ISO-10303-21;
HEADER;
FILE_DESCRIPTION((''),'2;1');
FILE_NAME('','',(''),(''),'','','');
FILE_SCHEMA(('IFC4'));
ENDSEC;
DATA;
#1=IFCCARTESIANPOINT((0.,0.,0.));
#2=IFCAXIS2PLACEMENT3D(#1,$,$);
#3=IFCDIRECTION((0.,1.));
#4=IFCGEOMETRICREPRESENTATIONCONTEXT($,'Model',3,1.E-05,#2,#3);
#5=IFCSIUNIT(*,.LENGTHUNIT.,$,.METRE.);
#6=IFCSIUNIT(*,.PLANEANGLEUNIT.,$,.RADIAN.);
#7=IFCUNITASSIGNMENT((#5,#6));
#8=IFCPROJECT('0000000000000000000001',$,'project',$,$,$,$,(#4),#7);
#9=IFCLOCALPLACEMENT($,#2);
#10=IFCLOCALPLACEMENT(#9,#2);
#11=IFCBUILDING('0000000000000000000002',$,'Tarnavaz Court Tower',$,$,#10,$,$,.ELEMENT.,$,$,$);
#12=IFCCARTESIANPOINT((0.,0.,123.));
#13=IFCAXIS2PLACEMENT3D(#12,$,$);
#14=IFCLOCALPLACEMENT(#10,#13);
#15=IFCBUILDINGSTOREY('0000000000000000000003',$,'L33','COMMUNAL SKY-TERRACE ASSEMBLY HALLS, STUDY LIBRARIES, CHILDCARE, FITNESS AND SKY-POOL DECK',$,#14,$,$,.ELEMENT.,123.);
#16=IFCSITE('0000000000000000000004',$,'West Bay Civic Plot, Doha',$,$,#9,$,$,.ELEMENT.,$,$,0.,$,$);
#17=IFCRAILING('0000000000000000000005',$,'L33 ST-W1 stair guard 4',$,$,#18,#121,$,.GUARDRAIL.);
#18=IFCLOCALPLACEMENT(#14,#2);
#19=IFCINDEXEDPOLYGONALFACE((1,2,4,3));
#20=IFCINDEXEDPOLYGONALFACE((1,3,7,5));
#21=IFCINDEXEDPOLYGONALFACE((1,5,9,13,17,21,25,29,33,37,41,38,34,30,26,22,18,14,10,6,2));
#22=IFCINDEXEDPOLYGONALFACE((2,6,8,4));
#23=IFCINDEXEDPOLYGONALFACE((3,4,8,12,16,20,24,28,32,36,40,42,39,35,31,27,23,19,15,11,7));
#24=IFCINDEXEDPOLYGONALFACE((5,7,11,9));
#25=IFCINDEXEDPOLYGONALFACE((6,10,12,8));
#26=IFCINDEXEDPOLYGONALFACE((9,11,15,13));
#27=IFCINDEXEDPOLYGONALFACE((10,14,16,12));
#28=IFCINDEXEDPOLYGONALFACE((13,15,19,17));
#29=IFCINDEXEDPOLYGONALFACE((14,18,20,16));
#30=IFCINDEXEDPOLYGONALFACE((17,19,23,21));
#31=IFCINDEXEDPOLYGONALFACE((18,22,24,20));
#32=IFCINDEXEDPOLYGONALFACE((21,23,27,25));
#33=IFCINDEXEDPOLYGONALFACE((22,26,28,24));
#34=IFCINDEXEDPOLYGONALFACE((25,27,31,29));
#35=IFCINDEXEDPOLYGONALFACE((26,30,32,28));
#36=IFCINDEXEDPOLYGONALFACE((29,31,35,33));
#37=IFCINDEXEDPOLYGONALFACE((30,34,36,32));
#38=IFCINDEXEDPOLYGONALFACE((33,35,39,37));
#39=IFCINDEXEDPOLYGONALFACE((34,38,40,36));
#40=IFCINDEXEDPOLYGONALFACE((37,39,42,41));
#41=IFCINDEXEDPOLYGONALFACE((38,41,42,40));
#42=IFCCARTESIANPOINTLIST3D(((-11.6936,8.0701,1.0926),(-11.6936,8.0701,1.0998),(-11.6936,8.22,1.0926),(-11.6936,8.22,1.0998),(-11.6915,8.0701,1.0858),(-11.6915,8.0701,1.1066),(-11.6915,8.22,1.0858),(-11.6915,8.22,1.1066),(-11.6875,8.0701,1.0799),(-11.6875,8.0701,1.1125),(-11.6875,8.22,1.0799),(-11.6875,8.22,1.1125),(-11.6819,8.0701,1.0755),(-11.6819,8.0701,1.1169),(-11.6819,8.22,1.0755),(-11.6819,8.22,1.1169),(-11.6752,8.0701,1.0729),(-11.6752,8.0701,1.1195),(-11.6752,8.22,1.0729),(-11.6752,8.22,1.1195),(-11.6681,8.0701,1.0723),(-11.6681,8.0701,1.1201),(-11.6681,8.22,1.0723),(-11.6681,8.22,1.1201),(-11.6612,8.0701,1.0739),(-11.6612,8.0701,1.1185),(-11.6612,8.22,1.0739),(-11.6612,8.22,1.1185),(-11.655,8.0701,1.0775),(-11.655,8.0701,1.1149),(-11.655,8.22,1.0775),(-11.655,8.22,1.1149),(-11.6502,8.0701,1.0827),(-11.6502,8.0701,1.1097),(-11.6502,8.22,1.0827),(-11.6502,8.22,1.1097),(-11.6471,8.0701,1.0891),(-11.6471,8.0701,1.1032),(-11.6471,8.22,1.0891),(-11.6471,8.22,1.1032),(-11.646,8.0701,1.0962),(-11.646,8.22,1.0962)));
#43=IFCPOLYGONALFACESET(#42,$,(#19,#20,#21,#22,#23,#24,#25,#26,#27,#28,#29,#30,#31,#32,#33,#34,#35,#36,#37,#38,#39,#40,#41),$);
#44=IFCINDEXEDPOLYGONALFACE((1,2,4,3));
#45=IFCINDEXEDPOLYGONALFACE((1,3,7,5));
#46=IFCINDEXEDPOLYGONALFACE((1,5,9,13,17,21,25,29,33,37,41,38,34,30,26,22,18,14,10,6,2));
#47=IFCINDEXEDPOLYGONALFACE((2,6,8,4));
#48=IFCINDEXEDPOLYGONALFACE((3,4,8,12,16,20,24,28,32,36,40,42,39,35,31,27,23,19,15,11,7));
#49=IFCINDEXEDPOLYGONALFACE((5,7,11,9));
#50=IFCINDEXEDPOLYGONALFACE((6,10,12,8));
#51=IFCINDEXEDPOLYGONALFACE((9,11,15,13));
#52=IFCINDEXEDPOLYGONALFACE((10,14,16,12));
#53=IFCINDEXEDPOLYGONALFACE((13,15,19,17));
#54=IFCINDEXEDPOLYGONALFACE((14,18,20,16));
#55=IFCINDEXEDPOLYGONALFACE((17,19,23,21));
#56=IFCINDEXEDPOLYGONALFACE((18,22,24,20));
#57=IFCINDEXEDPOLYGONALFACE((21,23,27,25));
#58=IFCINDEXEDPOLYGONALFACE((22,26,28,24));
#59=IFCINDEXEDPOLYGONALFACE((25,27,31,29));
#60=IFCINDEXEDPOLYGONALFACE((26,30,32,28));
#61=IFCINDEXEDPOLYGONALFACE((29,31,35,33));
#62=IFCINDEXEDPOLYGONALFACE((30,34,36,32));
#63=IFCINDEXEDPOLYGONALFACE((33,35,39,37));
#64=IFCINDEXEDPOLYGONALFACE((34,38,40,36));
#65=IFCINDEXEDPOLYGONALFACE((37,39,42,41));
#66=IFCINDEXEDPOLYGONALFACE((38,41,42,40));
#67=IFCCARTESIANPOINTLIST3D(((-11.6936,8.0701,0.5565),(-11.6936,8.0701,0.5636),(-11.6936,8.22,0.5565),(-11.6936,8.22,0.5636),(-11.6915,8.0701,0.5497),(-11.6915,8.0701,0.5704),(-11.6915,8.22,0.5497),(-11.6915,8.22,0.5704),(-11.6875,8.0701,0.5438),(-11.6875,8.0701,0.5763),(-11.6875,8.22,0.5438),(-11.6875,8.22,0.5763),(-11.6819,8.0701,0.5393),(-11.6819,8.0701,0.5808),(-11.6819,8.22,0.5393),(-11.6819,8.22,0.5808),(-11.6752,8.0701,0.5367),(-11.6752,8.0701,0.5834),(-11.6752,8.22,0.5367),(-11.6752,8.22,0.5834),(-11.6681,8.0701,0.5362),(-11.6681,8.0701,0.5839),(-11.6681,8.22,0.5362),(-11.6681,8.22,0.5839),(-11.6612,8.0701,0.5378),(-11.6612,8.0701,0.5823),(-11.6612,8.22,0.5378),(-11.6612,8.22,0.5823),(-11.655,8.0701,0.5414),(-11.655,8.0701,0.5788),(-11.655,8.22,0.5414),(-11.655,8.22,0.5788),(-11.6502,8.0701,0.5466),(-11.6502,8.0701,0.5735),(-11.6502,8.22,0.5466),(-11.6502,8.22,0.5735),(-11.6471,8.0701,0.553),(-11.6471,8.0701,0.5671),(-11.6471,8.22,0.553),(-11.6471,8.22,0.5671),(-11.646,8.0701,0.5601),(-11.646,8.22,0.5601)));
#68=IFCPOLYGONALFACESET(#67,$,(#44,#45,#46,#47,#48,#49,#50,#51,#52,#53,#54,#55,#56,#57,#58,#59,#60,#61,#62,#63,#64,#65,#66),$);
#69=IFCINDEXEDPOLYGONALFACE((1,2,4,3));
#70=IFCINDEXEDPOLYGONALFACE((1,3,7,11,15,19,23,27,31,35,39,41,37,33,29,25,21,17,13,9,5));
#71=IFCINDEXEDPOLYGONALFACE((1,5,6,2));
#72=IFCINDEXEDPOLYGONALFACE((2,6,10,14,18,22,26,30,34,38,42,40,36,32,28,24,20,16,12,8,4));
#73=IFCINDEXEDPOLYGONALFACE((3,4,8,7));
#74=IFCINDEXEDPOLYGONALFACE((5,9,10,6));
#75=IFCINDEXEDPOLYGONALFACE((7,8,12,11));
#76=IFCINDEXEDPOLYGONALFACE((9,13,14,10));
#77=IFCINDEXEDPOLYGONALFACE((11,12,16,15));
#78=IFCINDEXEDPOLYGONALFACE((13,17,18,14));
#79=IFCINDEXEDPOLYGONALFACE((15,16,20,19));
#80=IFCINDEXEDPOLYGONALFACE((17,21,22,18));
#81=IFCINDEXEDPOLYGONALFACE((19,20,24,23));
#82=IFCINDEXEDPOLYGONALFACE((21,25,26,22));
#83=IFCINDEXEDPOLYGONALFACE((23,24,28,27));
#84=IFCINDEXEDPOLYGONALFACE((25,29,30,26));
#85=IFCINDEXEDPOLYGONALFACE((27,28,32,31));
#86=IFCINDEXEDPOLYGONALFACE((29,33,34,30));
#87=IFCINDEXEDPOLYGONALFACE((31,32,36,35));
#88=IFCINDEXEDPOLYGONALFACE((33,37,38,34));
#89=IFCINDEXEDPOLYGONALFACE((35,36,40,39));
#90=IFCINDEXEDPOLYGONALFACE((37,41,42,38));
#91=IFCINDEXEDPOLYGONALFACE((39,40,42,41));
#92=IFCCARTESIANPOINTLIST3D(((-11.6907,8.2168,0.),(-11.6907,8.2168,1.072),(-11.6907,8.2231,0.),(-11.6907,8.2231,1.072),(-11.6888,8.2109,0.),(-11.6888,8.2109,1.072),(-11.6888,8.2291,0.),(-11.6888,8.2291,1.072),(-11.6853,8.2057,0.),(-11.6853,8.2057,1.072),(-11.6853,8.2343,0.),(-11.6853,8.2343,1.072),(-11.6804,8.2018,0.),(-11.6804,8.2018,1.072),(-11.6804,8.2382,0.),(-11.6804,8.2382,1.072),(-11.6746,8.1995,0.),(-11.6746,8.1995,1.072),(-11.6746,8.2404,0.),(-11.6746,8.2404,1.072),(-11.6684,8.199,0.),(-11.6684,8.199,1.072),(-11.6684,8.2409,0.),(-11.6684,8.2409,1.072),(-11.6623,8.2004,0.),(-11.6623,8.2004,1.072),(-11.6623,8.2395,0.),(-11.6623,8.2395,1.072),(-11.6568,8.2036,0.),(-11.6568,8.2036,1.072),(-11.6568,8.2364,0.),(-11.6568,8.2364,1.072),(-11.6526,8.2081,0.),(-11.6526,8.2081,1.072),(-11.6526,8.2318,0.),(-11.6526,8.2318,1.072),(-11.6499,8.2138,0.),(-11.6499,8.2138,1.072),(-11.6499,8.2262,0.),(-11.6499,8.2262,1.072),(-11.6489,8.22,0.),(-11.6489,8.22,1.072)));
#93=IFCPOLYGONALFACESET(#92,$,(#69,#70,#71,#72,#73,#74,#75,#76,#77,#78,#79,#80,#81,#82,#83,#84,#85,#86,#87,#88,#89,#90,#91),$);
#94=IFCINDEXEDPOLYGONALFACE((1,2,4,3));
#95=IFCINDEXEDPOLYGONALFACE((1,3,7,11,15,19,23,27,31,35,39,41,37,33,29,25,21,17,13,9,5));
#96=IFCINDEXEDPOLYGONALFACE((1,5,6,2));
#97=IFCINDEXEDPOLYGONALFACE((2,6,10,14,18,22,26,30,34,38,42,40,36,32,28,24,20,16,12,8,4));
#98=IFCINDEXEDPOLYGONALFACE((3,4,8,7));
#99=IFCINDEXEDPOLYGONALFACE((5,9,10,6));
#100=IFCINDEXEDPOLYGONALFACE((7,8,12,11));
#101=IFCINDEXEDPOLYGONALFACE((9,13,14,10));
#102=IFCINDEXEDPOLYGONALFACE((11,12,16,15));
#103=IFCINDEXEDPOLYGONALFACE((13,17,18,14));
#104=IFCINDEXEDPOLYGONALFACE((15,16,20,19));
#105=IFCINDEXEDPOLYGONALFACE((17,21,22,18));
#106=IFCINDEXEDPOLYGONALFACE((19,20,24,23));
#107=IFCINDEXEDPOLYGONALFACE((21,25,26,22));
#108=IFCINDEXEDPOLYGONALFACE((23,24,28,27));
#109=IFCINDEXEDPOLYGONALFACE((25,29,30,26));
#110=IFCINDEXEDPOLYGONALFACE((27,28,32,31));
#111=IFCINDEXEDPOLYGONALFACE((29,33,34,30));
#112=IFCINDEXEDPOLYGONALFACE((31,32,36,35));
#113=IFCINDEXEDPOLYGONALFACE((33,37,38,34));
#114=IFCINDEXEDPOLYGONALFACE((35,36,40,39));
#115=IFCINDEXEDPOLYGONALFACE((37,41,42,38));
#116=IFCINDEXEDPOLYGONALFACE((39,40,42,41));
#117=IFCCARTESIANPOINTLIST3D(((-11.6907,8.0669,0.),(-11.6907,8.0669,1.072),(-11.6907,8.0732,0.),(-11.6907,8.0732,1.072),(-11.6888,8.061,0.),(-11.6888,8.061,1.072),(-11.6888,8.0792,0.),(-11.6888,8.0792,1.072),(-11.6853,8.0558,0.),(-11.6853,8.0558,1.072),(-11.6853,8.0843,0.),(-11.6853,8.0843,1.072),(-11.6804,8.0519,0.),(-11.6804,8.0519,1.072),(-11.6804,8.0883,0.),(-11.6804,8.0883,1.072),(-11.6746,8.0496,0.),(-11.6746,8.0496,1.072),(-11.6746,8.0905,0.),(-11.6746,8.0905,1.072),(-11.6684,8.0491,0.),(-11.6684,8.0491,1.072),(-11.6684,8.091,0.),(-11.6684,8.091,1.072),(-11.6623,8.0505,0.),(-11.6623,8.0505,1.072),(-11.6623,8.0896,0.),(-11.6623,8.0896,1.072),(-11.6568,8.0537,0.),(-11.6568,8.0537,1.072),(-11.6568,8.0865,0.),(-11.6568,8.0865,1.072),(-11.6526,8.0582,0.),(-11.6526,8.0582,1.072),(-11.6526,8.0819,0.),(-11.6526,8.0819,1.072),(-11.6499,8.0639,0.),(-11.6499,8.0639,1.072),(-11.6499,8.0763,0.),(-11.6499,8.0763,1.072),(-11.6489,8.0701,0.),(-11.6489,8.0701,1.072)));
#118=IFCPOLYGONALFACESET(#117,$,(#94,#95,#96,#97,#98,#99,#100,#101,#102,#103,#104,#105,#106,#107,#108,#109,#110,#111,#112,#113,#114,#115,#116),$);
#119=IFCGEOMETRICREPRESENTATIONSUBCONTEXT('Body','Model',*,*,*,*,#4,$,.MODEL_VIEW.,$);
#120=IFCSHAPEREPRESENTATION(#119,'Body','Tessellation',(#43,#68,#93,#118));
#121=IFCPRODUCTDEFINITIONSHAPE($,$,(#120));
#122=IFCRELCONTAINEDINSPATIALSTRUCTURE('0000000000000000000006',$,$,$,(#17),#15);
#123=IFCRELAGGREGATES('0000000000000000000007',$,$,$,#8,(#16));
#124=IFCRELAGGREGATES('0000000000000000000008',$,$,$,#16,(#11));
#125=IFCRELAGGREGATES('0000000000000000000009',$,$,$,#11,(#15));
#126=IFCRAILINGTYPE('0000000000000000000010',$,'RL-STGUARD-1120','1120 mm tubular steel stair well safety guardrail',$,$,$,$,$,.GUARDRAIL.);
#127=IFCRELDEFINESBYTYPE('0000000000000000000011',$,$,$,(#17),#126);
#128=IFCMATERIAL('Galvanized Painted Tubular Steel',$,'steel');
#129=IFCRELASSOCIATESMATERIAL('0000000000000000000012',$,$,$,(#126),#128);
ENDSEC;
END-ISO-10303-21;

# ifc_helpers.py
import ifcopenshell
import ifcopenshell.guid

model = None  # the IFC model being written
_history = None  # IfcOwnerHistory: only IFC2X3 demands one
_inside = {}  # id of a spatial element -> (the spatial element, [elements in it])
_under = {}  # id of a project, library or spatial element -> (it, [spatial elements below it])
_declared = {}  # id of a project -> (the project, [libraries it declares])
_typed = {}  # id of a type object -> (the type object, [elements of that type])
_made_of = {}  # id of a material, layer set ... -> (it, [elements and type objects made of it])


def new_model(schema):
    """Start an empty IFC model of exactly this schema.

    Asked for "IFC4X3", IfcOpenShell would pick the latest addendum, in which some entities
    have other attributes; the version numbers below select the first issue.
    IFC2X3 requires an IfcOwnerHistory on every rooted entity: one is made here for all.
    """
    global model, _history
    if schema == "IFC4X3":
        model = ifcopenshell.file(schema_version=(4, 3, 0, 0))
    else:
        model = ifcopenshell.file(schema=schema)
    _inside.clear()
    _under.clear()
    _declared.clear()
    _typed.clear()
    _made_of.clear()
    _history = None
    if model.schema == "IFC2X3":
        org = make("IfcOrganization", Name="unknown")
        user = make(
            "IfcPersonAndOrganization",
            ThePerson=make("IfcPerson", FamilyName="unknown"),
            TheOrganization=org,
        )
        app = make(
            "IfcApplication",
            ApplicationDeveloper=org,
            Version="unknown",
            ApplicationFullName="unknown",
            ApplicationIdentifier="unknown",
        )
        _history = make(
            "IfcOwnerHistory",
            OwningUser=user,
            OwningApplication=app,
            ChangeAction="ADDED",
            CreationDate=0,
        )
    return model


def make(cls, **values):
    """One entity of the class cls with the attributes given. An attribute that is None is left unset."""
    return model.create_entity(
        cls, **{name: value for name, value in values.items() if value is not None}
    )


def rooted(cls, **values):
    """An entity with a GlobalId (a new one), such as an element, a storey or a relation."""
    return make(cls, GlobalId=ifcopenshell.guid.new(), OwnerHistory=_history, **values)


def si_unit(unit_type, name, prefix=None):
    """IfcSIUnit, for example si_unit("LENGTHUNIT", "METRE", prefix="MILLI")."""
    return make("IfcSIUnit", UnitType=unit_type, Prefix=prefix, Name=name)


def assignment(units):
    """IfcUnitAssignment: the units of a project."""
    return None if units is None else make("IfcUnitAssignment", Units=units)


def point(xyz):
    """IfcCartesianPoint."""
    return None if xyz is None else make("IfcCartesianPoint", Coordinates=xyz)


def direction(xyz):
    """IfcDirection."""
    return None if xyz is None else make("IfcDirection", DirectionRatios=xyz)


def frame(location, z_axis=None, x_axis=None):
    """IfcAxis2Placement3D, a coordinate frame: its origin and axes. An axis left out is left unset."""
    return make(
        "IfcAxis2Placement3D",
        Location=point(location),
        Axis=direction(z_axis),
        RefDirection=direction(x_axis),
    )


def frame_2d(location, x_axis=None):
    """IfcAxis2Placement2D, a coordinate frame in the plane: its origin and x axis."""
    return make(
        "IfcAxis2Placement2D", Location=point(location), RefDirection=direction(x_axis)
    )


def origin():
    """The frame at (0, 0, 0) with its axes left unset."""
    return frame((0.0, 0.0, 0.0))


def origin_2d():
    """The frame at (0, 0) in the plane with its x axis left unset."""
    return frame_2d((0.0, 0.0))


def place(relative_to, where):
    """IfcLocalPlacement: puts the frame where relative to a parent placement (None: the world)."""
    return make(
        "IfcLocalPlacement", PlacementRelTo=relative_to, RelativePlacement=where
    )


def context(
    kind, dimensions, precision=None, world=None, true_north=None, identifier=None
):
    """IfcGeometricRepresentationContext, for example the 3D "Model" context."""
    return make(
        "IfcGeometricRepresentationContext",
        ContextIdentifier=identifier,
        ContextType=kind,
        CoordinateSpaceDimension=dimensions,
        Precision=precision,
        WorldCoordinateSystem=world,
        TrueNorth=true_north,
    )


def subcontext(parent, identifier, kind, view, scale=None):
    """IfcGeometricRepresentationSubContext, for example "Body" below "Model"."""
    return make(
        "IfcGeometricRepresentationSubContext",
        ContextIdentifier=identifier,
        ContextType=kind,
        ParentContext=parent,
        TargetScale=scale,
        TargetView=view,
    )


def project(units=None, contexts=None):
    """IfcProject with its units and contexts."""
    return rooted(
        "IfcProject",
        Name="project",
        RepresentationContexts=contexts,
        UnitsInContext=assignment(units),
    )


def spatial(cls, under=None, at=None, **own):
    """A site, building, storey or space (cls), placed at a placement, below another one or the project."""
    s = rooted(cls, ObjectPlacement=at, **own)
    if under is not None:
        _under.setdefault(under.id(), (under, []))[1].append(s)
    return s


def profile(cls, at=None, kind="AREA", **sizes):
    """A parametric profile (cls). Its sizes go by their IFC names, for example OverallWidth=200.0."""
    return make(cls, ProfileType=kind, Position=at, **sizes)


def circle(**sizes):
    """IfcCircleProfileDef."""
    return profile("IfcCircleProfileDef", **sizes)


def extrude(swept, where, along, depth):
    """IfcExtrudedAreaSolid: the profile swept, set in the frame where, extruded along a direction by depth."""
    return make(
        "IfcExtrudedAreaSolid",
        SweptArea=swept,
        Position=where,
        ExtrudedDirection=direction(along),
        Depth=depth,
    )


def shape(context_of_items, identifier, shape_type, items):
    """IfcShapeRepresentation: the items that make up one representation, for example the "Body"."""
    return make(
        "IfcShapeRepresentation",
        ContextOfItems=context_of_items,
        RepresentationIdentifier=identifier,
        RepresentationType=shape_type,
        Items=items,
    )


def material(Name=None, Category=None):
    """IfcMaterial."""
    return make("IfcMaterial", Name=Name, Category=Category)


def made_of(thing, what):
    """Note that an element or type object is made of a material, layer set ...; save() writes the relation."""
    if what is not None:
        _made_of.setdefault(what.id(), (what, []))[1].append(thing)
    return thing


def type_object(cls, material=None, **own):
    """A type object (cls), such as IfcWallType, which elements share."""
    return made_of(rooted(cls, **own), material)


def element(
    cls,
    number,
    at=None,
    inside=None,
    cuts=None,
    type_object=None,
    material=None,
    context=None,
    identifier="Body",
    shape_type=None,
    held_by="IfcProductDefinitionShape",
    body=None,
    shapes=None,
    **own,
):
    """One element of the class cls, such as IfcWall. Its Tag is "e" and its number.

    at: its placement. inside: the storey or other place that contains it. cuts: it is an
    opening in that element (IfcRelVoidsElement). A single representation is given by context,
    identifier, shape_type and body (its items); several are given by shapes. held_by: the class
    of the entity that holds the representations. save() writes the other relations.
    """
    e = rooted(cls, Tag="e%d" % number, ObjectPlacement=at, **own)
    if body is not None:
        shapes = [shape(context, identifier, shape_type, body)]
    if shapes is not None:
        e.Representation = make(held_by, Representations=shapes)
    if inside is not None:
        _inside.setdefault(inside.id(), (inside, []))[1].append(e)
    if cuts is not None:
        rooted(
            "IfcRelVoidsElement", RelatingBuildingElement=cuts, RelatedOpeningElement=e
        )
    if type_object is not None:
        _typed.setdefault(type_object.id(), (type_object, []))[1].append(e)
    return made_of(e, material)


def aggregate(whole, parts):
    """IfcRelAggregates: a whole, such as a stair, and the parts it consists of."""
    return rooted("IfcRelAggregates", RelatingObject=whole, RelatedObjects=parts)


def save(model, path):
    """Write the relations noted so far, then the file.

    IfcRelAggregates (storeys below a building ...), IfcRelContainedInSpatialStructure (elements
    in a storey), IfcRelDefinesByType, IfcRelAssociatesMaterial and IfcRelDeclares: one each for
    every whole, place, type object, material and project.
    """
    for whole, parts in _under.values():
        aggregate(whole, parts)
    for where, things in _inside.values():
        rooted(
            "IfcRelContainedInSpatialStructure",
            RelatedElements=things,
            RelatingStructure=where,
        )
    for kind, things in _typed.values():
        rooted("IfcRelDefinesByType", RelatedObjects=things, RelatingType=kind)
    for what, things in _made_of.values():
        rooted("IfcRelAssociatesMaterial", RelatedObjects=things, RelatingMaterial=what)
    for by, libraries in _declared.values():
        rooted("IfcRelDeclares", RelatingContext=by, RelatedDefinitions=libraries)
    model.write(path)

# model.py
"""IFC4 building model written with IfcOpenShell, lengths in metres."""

from ifc_helpers import new_model, si_unit, direction, frame, origin, origin_2d, place, context, subcontext, project, spatial, circle, extrude, material, type_object, element, save


model = new_model("IFC4")

# Units and contexts
model_context = context("Model", 3, precision=1e-05, world=origin(), true_north=direction((0.0, 1.0)))
body_context = subcontext(model_context, "Body", "Model", "MODEL_VIEW")
ifc_project = project(units=[si_unit("LENGTHUNIT", "METRE"), si_unit("PLANEANGLEUNIT", "RADIAN")], contexts=[model_context])

# Site, building, storey
site_placement = place(None, origin())
site = spatial("IfcSite", under=ifc_project, at=site_placement, Name="West Bay Civic Plot, Doha", CompositionType="ELEMENT", RefElevation=0.0)
building_placement = place(site_placement, origin())
building = spatial("IfcBuilding", under=site, at=building_placement, Name="Tarnavaz Court Tower", CompositionType="ELEMENT")
storey_placement = place(building_placement, frame((0.0, 0.0, 123.0)))
storey = spatial("IfcBuildingStorey", under=building, at=storey_placement, Name="L33", Description="COMMUNAL SKY-TERRACE ASSEMBLY HALLS, STUDY LIBRARIES, CHILDCARE, FITNESS AND SKY-POOL DECK", CompositionType="ELEMENT", Elevation=123.0)

# Railing
ifc_material_1 = material(Name="Galvanized Painted Tubular Steel", Category="steel")
railing_type_1 = type_object("IfcRailingType", Name="RL-STGUARD-1120", Description="1120 mm tubular steel stair well safety guardrail", PredefinedType="GUARDRAIL", material=ifc_material_1)
railing_1_placement = place(storey_placement, frame((-11.6699, 8.22, 0.0)))
element("IfcRailing", 1, at=railing_1_placement, inside=storey, type_object=railing_type_1, Name="L33 ST-W1 stair guard 4", PredefinedType="GUARDRAIL", context=body_context, shape_type="SweptSolid", body=[
    extrude(circle(Radius=0.0239, at=origin_2d()), frame((0.0, 0.0, 1.0962), z_axis=(0.0, -1.0, 0.0), x_axis=(1.0, 0.0, 0.0)), (0.0, 0.0, 1.0), 0.1499),
    extrude(circle(Radius=0.0239, at=origin_2d()), frame((0.0, 0.0, 0.5601), z_axis=(0.0, -1.0, 0.0), x_axis=(1.0, 0.0, 0.0)), (0.0, 0.0, 1.0), 0.1499),
    extrude(circle(Radius=0.021, at=origin_2d()), origin(), (0.0, 0.0, 1.0), 1.072),
    extrude(circle(Radius=0.021, at=origin_2d()), frame((0.0, -0.1499, 0.0)), (0.0, 0.0, 1.0), 1.072),
])

save(model, "model.ifc")
